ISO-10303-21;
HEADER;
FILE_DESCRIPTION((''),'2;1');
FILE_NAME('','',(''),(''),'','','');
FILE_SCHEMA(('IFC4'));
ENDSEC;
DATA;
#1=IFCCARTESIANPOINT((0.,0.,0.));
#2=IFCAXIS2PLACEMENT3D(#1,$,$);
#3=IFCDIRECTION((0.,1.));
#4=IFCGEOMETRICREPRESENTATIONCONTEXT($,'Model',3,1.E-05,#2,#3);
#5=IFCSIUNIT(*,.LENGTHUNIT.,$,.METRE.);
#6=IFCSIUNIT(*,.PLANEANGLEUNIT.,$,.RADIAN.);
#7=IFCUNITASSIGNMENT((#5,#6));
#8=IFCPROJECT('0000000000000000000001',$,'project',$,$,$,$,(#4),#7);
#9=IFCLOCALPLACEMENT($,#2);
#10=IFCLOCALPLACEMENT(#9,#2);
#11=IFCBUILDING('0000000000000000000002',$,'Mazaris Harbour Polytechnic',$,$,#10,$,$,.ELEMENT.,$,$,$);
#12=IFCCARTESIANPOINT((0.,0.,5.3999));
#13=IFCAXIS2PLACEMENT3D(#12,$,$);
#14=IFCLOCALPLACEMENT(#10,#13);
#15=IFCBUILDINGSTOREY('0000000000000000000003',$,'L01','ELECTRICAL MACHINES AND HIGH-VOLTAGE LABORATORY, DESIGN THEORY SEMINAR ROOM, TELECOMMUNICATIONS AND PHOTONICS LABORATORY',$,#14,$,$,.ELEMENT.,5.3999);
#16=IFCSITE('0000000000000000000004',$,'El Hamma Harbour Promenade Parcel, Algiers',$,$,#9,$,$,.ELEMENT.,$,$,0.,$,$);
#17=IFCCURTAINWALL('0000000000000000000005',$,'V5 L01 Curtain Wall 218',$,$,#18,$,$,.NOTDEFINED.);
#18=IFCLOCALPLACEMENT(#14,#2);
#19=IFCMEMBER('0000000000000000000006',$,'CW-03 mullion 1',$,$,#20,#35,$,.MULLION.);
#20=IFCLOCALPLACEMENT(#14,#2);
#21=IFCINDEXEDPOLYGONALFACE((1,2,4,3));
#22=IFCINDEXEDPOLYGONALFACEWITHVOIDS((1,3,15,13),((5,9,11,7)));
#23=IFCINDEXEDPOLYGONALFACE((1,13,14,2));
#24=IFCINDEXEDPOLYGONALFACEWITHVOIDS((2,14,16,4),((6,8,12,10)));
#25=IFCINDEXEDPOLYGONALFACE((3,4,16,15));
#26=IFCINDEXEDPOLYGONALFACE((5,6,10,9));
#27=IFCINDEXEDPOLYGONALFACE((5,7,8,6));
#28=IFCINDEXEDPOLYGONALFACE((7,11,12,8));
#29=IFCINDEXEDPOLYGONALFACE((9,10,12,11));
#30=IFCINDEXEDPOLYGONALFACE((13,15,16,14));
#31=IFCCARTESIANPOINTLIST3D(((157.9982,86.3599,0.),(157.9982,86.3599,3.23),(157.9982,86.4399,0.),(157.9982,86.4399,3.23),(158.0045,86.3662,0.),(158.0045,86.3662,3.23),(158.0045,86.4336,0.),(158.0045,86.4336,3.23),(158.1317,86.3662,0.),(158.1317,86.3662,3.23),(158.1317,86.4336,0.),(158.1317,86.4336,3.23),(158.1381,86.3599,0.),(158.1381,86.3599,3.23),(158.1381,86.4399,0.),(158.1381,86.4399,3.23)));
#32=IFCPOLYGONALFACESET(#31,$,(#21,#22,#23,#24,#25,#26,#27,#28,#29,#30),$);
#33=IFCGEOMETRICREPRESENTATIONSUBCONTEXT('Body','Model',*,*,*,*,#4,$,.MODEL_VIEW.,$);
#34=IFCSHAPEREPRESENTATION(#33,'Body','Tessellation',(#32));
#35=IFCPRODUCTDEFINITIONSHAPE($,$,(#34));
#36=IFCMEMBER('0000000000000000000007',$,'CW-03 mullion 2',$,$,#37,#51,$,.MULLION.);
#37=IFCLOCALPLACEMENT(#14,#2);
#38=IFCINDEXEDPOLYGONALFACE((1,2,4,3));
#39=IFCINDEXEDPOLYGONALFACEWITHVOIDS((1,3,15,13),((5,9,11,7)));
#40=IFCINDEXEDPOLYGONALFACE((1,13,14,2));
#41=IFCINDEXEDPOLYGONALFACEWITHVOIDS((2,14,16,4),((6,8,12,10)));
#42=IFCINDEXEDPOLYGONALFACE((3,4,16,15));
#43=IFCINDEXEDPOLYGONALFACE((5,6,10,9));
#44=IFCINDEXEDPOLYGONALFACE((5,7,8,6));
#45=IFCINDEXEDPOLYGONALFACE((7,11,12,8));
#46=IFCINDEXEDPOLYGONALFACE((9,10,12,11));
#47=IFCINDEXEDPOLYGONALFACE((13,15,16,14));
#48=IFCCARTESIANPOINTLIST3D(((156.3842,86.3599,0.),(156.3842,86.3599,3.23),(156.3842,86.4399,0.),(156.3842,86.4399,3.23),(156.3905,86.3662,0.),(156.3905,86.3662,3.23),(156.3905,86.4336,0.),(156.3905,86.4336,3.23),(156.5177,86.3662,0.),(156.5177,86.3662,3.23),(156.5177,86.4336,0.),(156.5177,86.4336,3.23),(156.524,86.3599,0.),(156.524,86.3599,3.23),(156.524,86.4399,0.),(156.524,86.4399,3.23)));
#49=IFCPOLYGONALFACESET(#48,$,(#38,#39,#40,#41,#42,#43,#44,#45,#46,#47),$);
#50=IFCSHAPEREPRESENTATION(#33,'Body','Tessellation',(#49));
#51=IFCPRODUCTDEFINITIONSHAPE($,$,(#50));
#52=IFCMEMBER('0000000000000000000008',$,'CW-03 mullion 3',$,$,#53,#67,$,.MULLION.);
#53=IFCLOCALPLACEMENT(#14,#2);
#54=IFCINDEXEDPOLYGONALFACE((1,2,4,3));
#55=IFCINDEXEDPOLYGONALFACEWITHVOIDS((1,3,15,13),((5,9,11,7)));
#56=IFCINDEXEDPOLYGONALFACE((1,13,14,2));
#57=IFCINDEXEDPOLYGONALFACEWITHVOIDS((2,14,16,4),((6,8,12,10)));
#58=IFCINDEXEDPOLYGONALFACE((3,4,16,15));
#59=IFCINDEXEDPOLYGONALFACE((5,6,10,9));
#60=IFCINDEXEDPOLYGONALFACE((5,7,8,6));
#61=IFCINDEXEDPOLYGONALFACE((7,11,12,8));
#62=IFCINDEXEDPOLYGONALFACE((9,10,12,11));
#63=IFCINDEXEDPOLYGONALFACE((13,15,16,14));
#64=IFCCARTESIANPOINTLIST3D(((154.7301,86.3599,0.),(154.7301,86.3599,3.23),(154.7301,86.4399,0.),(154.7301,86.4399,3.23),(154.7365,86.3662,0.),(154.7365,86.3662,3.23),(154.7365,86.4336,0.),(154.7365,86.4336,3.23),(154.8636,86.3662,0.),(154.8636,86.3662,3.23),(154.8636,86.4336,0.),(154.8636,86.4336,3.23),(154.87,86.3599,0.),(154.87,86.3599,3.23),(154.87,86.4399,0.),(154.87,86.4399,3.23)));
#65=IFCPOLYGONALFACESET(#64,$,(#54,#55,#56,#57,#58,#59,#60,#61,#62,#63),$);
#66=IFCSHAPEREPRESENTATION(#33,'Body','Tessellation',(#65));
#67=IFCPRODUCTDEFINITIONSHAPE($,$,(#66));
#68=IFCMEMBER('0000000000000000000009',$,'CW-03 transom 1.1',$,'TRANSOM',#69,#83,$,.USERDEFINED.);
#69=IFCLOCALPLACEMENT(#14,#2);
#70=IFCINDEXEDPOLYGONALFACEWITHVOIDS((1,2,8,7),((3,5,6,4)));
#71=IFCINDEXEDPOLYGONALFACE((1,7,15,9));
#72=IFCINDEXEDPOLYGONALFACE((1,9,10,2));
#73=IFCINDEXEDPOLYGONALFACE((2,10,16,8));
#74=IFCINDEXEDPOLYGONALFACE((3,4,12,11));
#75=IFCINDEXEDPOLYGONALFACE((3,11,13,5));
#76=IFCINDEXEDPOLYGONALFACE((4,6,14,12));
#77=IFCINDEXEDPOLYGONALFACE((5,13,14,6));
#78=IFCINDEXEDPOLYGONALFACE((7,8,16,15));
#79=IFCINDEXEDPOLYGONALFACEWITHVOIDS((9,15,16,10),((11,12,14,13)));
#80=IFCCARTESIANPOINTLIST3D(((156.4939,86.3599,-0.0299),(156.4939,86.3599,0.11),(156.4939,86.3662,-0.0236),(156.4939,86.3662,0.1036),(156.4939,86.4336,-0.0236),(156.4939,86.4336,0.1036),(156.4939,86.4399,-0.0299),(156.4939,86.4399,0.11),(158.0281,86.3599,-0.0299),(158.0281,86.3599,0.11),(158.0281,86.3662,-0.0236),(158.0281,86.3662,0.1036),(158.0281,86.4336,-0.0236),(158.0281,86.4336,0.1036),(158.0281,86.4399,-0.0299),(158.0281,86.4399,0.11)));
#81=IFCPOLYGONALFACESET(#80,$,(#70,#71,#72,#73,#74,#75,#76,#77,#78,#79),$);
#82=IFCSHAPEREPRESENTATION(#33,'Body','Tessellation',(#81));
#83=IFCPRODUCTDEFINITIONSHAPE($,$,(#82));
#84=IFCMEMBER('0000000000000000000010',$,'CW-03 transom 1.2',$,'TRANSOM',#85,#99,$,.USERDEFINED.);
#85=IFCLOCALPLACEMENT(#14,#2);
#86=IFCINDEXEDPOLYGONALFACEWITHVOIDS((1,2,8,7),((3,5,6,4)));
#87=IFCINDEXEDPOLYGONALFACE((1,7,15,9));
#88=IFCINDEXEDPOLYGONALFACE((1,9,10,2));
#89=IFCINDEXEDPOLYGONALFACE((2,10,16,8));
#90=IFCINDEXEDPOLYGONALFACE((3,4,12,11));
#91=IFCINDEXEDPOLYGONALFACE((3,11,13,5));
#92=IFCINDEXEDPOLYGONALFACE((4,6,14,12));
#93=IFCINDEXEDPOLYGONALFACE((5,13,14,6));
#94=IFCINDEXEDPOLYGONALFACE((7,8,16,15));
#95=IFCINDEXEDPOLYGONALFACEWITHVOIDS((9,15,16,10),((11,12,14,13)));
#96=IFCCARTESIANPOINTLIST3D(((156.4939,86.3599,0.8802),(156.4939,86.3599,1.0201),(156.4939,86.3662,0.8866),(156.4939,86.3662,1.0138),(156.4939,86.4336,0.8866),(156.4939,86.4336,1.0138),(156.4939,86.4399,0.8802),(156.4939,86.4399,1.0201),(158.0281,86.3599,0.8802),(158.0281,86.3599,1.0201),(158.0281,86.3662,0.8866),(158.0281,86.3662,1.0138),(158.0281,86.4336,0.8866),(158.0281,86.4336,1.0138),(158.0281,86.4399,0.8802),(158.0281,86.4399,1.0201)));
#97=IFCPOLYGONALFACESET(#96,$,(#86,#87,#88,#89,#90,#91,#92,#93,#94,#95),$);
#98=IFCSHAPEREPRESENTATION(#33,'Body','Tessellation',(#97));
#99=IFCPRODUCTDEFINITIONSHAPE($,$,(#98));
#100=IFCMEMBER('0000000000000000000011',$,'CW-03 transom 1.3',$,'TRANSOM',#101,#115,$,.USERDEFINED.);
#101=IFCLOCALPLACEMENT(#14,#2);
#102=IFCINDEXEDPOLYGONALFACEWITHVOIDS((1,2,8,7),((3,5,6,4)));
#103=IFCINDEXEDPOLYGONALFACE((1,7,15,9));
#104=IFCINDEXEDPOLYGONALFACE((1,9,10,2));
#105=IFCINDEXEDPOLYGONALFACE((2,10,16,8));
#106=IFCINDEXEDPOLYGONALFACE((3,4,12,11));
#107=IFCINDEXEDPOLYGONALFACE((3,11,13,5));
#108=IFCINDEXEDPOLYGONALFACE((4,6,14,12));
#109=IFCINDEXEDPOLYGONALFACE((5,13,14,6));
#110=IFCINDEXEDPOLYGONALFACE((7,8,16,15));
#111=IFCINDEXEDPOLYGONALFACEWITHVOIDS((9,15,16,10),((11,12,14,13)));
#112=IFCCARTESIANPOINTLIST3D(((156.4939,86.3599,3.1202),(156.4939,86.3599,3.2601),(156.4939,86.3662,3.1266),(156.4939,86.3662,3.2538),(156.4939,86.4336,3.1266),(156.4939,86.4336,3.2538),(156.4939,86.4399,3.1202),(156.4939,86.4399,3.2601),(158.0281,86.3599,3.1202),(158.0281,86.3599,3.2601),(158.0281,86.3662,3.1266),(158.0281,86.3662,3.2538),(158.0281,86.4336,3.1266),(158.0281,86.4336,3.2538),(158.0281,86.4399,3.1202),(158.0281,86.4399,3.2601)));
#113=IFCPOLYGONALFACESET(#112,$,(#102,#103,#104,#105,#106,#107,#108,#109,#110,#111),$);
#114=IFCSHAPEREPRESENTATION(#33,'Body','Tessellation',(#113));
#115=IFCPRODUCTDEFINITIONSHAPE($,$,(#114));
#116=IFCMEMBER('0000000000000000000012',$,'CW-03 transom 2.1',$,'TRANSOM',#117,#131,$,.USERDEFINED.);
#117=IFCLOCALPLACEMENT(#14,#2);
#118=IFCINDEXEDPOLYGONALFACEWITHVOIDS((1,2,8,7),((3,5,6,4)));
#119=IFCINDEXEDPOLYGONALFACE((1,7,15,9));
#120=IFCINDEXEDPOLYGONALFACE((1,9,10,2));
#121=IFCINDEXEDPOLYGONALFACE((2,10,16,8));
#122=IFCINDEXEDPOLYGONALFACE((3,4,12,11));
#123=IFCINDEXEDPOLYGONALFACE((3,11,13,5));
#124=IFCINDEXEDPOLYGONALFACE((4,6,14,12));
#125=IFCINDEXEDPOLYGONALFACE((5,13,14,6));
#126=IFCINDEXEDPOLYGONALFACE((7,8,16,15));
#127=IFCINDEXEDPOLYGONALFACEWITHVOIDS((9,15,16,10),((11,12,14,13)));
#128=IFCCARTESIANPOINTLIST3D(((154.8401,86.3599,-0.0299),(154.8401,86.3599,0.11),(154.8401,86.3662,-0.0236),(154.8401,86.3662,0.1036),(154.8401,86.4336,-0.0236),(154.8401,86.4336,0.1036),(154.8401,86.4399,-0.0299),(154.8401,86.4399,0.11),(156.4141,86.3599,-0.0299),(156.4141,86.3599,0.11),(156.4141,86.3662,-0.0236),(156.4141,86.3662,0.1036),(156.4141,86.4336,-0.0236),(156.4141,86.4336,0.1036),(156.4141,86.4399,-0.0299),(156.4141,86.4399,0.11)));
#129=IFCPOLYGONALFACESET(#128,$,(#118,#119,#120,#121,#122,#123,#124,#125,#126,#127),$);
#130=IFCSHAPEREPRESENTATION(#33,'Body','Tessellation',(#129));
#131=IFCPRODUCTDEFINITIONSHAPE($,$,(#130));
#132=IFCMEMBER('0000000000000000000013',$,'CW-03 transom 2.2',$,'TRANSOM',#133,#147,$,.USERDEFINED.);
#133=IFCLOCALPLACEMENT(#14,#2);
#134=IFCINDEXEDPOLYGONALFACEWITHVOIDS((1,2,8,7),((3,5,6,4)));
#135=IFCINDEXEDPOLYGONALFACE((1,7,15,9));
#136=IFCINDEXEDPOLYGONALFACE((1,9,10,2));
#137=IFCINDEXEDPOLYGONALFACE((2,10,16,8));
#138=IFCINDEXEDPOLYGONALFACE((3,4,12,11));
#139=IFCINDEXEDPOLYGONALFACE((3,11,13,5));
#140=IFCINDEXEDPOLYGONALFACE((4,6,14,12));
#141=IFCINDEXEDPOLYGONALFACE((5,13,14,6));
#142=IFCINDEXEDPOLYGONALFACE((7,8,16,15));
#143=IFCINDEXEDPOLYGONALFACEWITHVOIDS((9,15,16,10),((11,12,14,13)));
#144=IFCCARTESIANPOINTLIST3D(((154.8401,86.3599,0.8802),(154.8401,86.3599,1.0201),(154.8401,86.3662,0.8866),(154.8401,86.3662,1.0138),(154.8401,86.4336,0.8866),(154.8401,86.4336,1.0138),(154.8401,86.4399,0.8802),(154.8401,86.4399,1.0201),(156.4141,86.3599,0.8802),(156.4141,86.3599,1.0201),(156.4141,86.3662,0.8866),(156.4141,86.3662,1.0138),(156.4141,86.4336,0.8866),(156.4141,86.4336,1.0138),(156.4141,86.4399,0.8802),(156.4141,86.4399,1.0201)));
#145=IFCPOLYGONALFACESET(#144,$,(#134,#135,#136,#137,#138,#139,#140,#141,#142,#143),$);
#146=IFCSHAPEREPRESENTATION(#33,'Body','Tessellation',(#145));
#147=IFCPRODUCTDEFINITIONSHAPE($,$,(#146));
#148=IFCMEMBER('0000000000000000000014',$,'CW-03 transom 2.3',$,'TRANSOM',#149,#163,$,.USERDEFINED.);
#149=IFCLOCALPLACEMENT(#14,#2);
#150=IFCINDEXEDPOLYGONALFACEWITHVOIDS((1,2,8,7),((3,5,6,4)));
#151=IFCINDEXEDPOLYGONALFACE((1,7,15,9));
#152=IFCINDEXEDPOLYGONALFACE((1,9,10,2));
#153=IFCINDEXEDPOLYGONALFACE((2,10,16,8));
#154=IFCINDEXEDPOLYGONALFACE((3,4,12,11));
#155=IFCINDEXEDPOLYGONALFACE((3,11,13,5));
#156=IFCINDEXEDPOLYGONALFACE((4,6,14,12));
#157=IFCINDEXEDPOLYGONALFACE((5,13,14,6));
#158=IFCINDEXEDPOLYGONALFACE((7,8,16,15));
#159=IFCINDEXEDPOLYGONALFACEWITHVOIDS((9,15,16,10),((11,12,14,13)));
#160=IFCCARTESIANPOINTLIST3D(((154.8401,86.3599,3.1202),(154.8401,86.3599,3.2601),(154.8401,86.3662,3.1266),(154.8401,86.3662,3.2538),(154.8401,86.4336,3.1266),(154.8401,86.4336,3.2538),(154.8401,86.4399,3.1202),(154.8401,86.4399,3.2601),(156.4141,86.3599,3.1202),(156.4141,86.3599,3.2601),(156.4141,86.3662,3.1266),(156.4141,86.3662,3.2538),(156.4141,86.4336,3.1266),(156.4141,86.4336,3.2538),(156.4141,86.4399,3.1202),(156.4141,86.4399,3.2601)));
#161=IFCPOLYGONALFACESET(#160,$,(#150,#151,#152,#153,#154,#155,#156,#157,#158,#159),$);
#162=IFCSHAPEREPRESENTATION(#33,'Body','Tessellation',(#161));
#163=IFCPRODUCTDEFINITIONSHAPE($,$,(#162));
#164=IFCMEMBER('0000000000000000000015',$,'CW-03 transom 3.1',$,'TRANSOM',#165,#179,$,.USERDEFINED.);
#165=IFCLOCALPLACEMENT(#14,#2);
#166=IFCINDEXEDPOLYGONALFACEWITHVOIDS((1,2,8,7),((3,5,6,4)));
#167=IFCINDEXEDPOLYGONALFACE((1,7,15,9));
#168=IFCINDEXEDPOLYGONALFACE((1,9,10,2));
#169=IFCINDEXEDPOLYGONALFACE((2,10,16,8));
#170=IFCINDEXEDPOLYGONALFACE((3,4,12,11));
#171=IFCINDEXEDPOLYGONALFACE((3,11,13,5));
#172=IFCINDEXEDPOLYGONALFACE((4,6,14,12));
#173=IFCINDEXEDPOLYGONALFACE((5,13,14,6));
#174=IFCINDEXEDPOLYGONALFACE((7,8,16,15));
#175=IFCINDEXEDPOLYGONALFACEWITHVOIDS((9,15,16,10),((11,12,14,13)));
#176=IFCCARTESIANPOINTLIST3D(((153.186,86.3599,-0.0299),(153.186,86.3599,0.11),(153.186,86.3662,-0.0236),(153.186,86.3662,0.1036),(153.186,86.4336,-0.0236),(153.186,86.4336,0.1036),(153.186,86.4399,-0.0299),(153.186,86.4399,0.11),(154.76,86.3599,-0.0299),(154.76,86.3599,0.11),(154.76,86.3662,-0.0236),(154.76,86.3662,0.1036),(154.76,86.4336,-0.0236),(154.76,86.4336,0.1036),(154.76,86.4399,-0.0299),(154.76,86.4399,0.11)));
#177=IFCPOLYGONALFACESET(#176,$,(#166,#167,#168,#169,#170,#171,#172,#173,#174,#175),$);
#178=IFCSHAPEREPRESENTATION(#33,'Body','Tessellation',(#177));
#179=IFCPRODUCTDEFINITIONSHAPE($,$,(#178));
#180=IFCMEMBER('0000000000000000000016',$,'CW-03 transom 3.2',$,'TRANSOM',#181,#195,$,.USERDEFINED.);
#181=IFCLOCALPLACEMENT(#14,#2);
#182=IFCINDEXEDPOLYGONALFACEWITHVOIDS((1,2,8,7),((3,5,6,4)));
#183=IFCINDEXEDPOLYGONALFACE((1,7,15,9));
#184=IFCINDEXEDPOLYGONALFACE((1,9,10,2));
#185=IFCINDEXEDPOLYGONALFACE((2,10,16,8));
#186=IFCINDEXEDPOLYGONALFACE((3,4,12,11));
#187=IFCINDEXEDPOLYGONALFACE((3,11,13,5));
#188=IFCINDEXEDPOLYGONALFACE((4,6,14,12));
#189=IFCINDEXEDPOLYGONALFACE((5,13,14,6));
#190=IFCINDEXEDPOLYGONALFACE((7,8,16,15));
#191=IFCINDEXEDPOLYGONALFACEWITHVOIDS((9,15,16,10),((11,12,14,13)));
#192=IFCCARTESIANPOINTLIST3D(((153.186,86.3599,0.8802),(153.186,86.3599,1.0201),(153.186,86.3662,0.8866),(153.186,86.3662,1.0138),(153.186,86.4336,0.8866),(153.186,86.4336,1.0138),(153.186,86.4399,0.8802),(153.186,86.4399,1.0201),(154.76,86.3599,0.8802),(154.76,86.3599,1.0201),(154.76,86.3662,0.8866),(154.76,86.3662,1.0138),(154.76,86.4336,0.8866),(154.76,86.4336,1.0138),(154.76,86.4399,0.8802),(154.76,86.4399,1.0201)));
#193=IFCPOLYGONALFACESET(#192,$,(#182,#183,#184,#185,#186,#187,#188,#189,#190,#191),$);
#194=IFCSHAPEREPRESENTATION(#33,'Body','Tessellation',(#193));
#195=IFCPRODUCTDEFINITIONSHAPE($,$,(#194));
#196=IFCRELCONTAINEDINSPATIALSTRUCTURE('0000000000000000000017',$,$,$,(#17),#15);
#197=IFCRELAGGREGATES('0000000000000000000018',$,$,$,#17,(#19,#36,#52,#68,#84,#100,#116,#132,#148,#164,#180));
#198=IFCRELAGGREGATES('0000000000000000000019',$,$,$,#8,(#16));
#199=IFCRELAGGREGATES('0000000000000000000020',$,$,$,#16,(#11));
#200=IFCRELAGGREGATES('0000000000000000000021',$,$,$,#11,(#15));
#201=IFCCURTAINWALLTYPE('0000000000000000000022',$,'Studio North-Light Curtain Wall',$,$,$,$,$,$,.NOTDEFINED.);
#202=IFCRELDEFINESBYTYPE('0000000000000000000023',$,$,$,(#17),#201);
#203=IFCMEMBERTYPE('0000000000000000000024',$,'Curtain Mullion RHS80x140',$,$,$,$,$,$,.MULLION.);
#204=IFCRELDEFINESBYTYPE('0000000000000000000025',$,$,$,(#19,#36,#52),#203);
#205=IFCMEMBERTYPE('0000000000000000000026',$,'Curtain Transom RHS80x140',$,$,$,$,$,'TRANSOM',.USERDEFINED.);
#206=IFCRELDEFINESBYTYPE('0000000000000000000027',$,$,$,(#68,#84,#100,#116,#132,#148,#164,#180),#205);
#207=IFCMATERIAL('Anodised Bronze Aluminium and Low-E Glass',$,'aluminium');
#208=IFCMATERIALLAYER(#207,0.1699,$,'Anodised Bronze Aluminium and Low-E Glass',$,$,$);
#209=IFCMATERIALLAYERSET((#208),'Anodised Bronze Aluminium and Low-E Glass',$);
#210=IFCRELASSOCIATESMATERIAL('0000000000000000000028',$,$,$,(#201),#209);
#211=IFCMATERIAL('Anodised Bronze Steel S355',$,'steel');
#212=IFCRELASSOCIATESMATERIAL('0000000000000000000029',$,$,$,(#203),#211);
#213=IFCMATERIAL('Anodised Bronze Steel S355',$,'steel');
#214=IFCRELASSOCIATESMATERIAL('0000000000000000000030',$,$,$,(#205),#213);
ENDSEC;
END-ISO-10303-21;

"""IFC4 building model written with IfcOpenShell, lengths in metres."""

from ifc_helpers import new_model, si_unit, direction, frame, origin, origin_2d, place, context, subcontext, project, spatial, hollow_rectangle, extrude, material, layer, layer_set, material_profile, profile_set, type_object, element, aggregate, save


model = new_model("IFC4")

# Units and contexts
model_context = context("Model", 3, precision=1e-05, world=origin(), true_north=direction((0.0, 1.0)))
body_context = subcontext(model_context, "Body", "Model", "MODEL_VIEW")
ifc_project = project(units=[si_unit("LENGTHUNIT", "METRE"), si_unit("PLANEANGLEUNIT", "RADIAN")], contexts=[model_context])

# Site, building, storey
site_placement = place(None, origin())
site = spatial("IfcSite", under=ifc_project, at=site_placement, Name="El Hamma Harbour Promenade Parcel, Algiers", CompositionType="ELEMENT", RefElevation=0.0)
building_placement = place(site_placement, origin())
building = spatial("IfcBuilding", under=site, at=building_placement, Name="Mazaris Harbour Polytechnic", CompositionType="ELEMENT")
storey_placement = place(building_placement, frame((0.0, 0.0, 5.3999)))
storey = spatial("IfcBuildingStorey", under=building, at=storey_placement, Name="L01", Description="ELECTRICAL MACHINES AND HIGH-VOLTAGE LABORATORY, DESIGN THEORY SEMINAR ROOM, TELECOMMUNICATIONS AND PHOTONICS LABORATORY", CompositionType="ELEMENT", Elevation=5.3999)

# Curtain wall, members
ifc_material_1 = material(Name="Anodised Bronze Aluminium and Low-E Glass", Category="aluminium")
ifc_layer_1 = layer(ifc_material_1, 0.1699, Name="Anodised Bronze Aluminium and Low-E Glass")
ifc_layer_set_1 = layer_set([ifc_layer_1], Name="Anodised Bronze Aluminium and Low-E Glass")
curtain_wall_type = type_object("IfcCurtainWallType", Name="Studio North-Light Curtain Wall", PredefinedType="NOTDEFINED", material=ifc_layer_set_1)
curtain_wall_placement = place(storey_placement, origin())
curtain_wall = element("IfcCurtainWall", 1, at=curtain_wall_placement, inside=storey, type_object=curtain_wall_type, Name="V5 L01 Curtain Wall 218", PredefinedType="NOTDEFINED")
ifc_material_2 = material(Name="Anodised Bronze Steel S355", Category="steel")
ifc_material_profile_1 = material_profile(ifc_material_2, hollow_rectangle(XDim=0.0801, YDim=0.1399, WallThickness=0.0063, at=origin_2d()), Name="RHS 80x140x6.3")
ifc_profile_set_1 = profile_set([ifc_material_profile_1], Name="Anodised Bronze Steel S355")
member_type_1 = type_object("IfcMemberType", Name="Curtain Mullion RHS80x140", PredefinedType="MULLION", material=ifc_profile_set_1)
member_1_placement = place(storey_placement, frame((158.0681, 86.3999, 0.0), z_axis=(0.0, 0.0, 1.0), x_axis=(0.0, -1.0, 0.0)))
member_1 = element("IfcMember", 2, at=member_1_placement, type_object=member_type_1, Name="CW-03 mullion 1", PredefinedType="MULLION", context=body_context, shape_type="SweptSolid", body=[
    extrude(hollow_rectangle(XDim=0.0801, YDim=0.1399, WallThickness=0.0063, at=origin_2d()), origin(), (0.0, 0.0, 1.0), 3.23),
])
member_2_placement = place(storey_placement, frame((156.4541, 86.3999, 0.0), z_axis=(0.0, 0.0, 1.0), x_axis=(0.0, -1.0, 0.0)))
member_2 = element("IfcMember", 3, at=member_2_placement, type_object=member_type_1, Name="CW-03 mullion 2", PredefinedType="MULLION", context=body_context, shape_type="SweptSolid", body=[
    extrude(hollow_rectangle(XDim=0.0801, YDim=0.1399, WallThickness=0.0063, at=origin_2d()), origin(), (0.0, 0.0, 1.0), 3.23),
])
member_3_placement = place(storey_placement, frame((154.8, 86.3999, 0.0), z_axis=(0.0, 0.0, 1.0), x_axis=(0.0, -1.0, 0.0)))
member_3 = element("IfcMember", 4, at=member_3_placement, type_object=member_type_1, Name="CW-03 mullion 3", PredefinedType="MULLION", context=body_context, shape_type="SweptSolid", body=[
    extrude(hollow_rectangle(XDim=0.0801, YDim=0.1399, WallThickness=0.0063, at=origin_2d()), origin(), (0.0, 0.0, 1.0), 3.23),
])
ifc_material_3 = material(Name="Anodised Bronze Steel S355", Category="steel")
ifc_material_profile_2 = material_profile(ifc_material_3, hollow_rectangle(XDim=0.0801, YDim=0.1399, WallThickness=0.0063, at=origin_2d()), Name="RHS 80x140x6.3")
ifc_profile_set_2 = profile_set([ifc_material_profile_2], Name="Anodised Bronze Steel S355")
member_type_2 = type_object("IfcMemberType", Name="Curtain Transom RHS80x140", ElementType="TRANSOM", PredefinedType="USERDEFINED", material=ifc_profile_set_2)
member_4_placement = place(storey_placement, frame((158.0281, 86.3999, 0.04), z_axis=(-1.0, 0.0, 0.0), x_axis=(0.0, -1.0, 0.0)))
member_4 = element("IfcMember", 5, at=member_4_placement, type_object=member_type_2, Name="CW-03 transom 1.1", ObjectType="TRANSOM", PredefinedType="USERDEFINED", context=body_context, shape_type="SweptSolid", body=[
    extrude(hollow_rectangle(XDim=0.0801, YDim=0.1399, WallThickness=0.0063, at=origin_2d()), origin(), (0.0, 0.0, 1.0), 1.5342),
])
member_5_placement = place(storey_placement, frame((158.0281, 86.3999, 0.9502), z_axis=(-1.0, 0.0, 0.0), x_axis=(0.0, -1.0, 0.0)))
member_5 = element("IfcMember", 6, at=member_5_placement, type_object=member_type_2, Name="CW-03 transom 1.2", ObjectType="TRANSOM", PredefinedType="USERDEFINED", context=body_context, shape_type="SweptSolid", body=[
    extrude(hollow_rectangle(XDim=0.0801, YDim=0.1399, WallThickness=0.0063, at=origin_2d()), origin(), (0.0, 0.0, 1.0), 1.5342),
])
member_6_placement = place(storey_placement, frame((158.0281, 86.3999, 3.1902), z_axis=(-1.0, 0.0, 0.0), x_axis=(0.0, -1.0, 0.0)))
member_6 = element("IfcMember", 7, at=member_6_placement, type_object=member_type_2, Name="CW-03 transom 1.3", ObjectType="TRANSOM", PredefinedType="USERDEFINED", context=body_context, shape_type="SweptSolid", body=[
    extrude(hollow_rectangle(XDim=0.0801, YDim=0.1399, WallThickness=0.0063, at=origin_2d()), origin(), (0.0, 0.0, 1.0), 1.5342),
])
member_7_placement = place(storey_placement, frame((156.4141, 86.3999, 0.04), z_axis=(-1.0, 0.0, 0.0), x_axis=(0.0, -1.0, 0.0)))
member_7 = element("IfcMember", 8, at=member_7_placement, type_object=member_type_2, Name="CW-03 transom 2.1", ObjectType="TRANSOM", PredefinedType="USERDEFINED", context=body_context, shape_type="SweptSolid", body=[
    extrude(hollow_rectangle(XDim=0.0801, YDim=0.1399, WallThickness=0.0063, at=origin_2d()), origin(), (0.0, 0.0, 1.0), 1.574),
])
member_8_placement = place(storey_placement, frame((156.4141, 86.3999, 0.9502), z_axis=(-1.0, 0.0, 0.0), x_axis=(0.0, -1.0, 0.0)))
member_8 = element("IfcMember", 9, at=member_8_placement, type_object=member_type_2, Name="CW-03 transom 2.2", ObjectType="TRANSOM", PredefinedType="USERDEFINED", context=body_context, shape_type="SweptSolid", body=[
    extrude(hollow_rectangle(XDim=0.0801, YDim=0.1399, WallThickness=0.0063, at=origin_2d()), origin(), (0.0, 0.0, 1.0), 1.574),
])
member_9_placement = place(storey_placement, frame((156.4141, 86.3999, 3.1902), z_axis=(-1.0, 0.0, 0.0), x_axis=(0.0, -1.0, 0.0)))
member_9 = element("IfcMember", 10, at=member_9_placement, type_object=member_type_2, Name="CW-03 transom 2.3", ObjectType="TRANSOM", PredefinedType="USERDEFINED", context=body_context, shape_type="SweptSolid", body=[
    extrude(hollow_rectangle(XDim=0.0801, YDim=0.1399, WallThickness=0.0063, at=origin_2d()), origin(), (0.0, 0.0, 1.0), 1.574),
])
member_10_placement = place(storey_placement, frame((154.76, 86.3999, 0.04), z_axis=(-1.0, 0.0, 0.0), x_axis=(0.0, -1.0, 0.0)))
member_10 = element("IfcMember", 11, at=member_10_placement, type_object=member_type_2, Name="CW-03 transom 3.1", ObjectType="TRANSOM", PredefinedType="USERDEFINED", context=body_context, shape_type="SweptSolid", body=[
    extrude(hollow_rectangle(XDim=0.0801, YDim=0.1399, WallThickness=0.0063, at=origin_2d()), origin(), (0.0, 0.0, 1.0), 1.574),
])
member_11_placement = place(storey_placement, frame((154.76, 86.3999, 0.9502), z_axis=(-1.0, 0.0, 0.0), x_axis=(0.0, -1.0, 0.0)))
member_11 = element("IfcMember", 12, at=member_11_placement, type_object=member_type_2, Name="CW-03 transom 3.2", ObjectType="TRANSOM", PredefinedType="USERDEFINED", context=body_context, shape_type="SweptSolid", body=[
    extrude(hollow_rectangle(XDim=0.0801, YDim=0.1399, WallThickness=0.0063, at=origin_2d()), origin(), (0.0, 0.0, 1.0), 1.574),
])
aggregate(curtain_wall, [member_1, member_2, member_3, member_4, member_5, member_6, member_7, member_8, member_9, member_10, member_11])

save(model, "model.ifc")
